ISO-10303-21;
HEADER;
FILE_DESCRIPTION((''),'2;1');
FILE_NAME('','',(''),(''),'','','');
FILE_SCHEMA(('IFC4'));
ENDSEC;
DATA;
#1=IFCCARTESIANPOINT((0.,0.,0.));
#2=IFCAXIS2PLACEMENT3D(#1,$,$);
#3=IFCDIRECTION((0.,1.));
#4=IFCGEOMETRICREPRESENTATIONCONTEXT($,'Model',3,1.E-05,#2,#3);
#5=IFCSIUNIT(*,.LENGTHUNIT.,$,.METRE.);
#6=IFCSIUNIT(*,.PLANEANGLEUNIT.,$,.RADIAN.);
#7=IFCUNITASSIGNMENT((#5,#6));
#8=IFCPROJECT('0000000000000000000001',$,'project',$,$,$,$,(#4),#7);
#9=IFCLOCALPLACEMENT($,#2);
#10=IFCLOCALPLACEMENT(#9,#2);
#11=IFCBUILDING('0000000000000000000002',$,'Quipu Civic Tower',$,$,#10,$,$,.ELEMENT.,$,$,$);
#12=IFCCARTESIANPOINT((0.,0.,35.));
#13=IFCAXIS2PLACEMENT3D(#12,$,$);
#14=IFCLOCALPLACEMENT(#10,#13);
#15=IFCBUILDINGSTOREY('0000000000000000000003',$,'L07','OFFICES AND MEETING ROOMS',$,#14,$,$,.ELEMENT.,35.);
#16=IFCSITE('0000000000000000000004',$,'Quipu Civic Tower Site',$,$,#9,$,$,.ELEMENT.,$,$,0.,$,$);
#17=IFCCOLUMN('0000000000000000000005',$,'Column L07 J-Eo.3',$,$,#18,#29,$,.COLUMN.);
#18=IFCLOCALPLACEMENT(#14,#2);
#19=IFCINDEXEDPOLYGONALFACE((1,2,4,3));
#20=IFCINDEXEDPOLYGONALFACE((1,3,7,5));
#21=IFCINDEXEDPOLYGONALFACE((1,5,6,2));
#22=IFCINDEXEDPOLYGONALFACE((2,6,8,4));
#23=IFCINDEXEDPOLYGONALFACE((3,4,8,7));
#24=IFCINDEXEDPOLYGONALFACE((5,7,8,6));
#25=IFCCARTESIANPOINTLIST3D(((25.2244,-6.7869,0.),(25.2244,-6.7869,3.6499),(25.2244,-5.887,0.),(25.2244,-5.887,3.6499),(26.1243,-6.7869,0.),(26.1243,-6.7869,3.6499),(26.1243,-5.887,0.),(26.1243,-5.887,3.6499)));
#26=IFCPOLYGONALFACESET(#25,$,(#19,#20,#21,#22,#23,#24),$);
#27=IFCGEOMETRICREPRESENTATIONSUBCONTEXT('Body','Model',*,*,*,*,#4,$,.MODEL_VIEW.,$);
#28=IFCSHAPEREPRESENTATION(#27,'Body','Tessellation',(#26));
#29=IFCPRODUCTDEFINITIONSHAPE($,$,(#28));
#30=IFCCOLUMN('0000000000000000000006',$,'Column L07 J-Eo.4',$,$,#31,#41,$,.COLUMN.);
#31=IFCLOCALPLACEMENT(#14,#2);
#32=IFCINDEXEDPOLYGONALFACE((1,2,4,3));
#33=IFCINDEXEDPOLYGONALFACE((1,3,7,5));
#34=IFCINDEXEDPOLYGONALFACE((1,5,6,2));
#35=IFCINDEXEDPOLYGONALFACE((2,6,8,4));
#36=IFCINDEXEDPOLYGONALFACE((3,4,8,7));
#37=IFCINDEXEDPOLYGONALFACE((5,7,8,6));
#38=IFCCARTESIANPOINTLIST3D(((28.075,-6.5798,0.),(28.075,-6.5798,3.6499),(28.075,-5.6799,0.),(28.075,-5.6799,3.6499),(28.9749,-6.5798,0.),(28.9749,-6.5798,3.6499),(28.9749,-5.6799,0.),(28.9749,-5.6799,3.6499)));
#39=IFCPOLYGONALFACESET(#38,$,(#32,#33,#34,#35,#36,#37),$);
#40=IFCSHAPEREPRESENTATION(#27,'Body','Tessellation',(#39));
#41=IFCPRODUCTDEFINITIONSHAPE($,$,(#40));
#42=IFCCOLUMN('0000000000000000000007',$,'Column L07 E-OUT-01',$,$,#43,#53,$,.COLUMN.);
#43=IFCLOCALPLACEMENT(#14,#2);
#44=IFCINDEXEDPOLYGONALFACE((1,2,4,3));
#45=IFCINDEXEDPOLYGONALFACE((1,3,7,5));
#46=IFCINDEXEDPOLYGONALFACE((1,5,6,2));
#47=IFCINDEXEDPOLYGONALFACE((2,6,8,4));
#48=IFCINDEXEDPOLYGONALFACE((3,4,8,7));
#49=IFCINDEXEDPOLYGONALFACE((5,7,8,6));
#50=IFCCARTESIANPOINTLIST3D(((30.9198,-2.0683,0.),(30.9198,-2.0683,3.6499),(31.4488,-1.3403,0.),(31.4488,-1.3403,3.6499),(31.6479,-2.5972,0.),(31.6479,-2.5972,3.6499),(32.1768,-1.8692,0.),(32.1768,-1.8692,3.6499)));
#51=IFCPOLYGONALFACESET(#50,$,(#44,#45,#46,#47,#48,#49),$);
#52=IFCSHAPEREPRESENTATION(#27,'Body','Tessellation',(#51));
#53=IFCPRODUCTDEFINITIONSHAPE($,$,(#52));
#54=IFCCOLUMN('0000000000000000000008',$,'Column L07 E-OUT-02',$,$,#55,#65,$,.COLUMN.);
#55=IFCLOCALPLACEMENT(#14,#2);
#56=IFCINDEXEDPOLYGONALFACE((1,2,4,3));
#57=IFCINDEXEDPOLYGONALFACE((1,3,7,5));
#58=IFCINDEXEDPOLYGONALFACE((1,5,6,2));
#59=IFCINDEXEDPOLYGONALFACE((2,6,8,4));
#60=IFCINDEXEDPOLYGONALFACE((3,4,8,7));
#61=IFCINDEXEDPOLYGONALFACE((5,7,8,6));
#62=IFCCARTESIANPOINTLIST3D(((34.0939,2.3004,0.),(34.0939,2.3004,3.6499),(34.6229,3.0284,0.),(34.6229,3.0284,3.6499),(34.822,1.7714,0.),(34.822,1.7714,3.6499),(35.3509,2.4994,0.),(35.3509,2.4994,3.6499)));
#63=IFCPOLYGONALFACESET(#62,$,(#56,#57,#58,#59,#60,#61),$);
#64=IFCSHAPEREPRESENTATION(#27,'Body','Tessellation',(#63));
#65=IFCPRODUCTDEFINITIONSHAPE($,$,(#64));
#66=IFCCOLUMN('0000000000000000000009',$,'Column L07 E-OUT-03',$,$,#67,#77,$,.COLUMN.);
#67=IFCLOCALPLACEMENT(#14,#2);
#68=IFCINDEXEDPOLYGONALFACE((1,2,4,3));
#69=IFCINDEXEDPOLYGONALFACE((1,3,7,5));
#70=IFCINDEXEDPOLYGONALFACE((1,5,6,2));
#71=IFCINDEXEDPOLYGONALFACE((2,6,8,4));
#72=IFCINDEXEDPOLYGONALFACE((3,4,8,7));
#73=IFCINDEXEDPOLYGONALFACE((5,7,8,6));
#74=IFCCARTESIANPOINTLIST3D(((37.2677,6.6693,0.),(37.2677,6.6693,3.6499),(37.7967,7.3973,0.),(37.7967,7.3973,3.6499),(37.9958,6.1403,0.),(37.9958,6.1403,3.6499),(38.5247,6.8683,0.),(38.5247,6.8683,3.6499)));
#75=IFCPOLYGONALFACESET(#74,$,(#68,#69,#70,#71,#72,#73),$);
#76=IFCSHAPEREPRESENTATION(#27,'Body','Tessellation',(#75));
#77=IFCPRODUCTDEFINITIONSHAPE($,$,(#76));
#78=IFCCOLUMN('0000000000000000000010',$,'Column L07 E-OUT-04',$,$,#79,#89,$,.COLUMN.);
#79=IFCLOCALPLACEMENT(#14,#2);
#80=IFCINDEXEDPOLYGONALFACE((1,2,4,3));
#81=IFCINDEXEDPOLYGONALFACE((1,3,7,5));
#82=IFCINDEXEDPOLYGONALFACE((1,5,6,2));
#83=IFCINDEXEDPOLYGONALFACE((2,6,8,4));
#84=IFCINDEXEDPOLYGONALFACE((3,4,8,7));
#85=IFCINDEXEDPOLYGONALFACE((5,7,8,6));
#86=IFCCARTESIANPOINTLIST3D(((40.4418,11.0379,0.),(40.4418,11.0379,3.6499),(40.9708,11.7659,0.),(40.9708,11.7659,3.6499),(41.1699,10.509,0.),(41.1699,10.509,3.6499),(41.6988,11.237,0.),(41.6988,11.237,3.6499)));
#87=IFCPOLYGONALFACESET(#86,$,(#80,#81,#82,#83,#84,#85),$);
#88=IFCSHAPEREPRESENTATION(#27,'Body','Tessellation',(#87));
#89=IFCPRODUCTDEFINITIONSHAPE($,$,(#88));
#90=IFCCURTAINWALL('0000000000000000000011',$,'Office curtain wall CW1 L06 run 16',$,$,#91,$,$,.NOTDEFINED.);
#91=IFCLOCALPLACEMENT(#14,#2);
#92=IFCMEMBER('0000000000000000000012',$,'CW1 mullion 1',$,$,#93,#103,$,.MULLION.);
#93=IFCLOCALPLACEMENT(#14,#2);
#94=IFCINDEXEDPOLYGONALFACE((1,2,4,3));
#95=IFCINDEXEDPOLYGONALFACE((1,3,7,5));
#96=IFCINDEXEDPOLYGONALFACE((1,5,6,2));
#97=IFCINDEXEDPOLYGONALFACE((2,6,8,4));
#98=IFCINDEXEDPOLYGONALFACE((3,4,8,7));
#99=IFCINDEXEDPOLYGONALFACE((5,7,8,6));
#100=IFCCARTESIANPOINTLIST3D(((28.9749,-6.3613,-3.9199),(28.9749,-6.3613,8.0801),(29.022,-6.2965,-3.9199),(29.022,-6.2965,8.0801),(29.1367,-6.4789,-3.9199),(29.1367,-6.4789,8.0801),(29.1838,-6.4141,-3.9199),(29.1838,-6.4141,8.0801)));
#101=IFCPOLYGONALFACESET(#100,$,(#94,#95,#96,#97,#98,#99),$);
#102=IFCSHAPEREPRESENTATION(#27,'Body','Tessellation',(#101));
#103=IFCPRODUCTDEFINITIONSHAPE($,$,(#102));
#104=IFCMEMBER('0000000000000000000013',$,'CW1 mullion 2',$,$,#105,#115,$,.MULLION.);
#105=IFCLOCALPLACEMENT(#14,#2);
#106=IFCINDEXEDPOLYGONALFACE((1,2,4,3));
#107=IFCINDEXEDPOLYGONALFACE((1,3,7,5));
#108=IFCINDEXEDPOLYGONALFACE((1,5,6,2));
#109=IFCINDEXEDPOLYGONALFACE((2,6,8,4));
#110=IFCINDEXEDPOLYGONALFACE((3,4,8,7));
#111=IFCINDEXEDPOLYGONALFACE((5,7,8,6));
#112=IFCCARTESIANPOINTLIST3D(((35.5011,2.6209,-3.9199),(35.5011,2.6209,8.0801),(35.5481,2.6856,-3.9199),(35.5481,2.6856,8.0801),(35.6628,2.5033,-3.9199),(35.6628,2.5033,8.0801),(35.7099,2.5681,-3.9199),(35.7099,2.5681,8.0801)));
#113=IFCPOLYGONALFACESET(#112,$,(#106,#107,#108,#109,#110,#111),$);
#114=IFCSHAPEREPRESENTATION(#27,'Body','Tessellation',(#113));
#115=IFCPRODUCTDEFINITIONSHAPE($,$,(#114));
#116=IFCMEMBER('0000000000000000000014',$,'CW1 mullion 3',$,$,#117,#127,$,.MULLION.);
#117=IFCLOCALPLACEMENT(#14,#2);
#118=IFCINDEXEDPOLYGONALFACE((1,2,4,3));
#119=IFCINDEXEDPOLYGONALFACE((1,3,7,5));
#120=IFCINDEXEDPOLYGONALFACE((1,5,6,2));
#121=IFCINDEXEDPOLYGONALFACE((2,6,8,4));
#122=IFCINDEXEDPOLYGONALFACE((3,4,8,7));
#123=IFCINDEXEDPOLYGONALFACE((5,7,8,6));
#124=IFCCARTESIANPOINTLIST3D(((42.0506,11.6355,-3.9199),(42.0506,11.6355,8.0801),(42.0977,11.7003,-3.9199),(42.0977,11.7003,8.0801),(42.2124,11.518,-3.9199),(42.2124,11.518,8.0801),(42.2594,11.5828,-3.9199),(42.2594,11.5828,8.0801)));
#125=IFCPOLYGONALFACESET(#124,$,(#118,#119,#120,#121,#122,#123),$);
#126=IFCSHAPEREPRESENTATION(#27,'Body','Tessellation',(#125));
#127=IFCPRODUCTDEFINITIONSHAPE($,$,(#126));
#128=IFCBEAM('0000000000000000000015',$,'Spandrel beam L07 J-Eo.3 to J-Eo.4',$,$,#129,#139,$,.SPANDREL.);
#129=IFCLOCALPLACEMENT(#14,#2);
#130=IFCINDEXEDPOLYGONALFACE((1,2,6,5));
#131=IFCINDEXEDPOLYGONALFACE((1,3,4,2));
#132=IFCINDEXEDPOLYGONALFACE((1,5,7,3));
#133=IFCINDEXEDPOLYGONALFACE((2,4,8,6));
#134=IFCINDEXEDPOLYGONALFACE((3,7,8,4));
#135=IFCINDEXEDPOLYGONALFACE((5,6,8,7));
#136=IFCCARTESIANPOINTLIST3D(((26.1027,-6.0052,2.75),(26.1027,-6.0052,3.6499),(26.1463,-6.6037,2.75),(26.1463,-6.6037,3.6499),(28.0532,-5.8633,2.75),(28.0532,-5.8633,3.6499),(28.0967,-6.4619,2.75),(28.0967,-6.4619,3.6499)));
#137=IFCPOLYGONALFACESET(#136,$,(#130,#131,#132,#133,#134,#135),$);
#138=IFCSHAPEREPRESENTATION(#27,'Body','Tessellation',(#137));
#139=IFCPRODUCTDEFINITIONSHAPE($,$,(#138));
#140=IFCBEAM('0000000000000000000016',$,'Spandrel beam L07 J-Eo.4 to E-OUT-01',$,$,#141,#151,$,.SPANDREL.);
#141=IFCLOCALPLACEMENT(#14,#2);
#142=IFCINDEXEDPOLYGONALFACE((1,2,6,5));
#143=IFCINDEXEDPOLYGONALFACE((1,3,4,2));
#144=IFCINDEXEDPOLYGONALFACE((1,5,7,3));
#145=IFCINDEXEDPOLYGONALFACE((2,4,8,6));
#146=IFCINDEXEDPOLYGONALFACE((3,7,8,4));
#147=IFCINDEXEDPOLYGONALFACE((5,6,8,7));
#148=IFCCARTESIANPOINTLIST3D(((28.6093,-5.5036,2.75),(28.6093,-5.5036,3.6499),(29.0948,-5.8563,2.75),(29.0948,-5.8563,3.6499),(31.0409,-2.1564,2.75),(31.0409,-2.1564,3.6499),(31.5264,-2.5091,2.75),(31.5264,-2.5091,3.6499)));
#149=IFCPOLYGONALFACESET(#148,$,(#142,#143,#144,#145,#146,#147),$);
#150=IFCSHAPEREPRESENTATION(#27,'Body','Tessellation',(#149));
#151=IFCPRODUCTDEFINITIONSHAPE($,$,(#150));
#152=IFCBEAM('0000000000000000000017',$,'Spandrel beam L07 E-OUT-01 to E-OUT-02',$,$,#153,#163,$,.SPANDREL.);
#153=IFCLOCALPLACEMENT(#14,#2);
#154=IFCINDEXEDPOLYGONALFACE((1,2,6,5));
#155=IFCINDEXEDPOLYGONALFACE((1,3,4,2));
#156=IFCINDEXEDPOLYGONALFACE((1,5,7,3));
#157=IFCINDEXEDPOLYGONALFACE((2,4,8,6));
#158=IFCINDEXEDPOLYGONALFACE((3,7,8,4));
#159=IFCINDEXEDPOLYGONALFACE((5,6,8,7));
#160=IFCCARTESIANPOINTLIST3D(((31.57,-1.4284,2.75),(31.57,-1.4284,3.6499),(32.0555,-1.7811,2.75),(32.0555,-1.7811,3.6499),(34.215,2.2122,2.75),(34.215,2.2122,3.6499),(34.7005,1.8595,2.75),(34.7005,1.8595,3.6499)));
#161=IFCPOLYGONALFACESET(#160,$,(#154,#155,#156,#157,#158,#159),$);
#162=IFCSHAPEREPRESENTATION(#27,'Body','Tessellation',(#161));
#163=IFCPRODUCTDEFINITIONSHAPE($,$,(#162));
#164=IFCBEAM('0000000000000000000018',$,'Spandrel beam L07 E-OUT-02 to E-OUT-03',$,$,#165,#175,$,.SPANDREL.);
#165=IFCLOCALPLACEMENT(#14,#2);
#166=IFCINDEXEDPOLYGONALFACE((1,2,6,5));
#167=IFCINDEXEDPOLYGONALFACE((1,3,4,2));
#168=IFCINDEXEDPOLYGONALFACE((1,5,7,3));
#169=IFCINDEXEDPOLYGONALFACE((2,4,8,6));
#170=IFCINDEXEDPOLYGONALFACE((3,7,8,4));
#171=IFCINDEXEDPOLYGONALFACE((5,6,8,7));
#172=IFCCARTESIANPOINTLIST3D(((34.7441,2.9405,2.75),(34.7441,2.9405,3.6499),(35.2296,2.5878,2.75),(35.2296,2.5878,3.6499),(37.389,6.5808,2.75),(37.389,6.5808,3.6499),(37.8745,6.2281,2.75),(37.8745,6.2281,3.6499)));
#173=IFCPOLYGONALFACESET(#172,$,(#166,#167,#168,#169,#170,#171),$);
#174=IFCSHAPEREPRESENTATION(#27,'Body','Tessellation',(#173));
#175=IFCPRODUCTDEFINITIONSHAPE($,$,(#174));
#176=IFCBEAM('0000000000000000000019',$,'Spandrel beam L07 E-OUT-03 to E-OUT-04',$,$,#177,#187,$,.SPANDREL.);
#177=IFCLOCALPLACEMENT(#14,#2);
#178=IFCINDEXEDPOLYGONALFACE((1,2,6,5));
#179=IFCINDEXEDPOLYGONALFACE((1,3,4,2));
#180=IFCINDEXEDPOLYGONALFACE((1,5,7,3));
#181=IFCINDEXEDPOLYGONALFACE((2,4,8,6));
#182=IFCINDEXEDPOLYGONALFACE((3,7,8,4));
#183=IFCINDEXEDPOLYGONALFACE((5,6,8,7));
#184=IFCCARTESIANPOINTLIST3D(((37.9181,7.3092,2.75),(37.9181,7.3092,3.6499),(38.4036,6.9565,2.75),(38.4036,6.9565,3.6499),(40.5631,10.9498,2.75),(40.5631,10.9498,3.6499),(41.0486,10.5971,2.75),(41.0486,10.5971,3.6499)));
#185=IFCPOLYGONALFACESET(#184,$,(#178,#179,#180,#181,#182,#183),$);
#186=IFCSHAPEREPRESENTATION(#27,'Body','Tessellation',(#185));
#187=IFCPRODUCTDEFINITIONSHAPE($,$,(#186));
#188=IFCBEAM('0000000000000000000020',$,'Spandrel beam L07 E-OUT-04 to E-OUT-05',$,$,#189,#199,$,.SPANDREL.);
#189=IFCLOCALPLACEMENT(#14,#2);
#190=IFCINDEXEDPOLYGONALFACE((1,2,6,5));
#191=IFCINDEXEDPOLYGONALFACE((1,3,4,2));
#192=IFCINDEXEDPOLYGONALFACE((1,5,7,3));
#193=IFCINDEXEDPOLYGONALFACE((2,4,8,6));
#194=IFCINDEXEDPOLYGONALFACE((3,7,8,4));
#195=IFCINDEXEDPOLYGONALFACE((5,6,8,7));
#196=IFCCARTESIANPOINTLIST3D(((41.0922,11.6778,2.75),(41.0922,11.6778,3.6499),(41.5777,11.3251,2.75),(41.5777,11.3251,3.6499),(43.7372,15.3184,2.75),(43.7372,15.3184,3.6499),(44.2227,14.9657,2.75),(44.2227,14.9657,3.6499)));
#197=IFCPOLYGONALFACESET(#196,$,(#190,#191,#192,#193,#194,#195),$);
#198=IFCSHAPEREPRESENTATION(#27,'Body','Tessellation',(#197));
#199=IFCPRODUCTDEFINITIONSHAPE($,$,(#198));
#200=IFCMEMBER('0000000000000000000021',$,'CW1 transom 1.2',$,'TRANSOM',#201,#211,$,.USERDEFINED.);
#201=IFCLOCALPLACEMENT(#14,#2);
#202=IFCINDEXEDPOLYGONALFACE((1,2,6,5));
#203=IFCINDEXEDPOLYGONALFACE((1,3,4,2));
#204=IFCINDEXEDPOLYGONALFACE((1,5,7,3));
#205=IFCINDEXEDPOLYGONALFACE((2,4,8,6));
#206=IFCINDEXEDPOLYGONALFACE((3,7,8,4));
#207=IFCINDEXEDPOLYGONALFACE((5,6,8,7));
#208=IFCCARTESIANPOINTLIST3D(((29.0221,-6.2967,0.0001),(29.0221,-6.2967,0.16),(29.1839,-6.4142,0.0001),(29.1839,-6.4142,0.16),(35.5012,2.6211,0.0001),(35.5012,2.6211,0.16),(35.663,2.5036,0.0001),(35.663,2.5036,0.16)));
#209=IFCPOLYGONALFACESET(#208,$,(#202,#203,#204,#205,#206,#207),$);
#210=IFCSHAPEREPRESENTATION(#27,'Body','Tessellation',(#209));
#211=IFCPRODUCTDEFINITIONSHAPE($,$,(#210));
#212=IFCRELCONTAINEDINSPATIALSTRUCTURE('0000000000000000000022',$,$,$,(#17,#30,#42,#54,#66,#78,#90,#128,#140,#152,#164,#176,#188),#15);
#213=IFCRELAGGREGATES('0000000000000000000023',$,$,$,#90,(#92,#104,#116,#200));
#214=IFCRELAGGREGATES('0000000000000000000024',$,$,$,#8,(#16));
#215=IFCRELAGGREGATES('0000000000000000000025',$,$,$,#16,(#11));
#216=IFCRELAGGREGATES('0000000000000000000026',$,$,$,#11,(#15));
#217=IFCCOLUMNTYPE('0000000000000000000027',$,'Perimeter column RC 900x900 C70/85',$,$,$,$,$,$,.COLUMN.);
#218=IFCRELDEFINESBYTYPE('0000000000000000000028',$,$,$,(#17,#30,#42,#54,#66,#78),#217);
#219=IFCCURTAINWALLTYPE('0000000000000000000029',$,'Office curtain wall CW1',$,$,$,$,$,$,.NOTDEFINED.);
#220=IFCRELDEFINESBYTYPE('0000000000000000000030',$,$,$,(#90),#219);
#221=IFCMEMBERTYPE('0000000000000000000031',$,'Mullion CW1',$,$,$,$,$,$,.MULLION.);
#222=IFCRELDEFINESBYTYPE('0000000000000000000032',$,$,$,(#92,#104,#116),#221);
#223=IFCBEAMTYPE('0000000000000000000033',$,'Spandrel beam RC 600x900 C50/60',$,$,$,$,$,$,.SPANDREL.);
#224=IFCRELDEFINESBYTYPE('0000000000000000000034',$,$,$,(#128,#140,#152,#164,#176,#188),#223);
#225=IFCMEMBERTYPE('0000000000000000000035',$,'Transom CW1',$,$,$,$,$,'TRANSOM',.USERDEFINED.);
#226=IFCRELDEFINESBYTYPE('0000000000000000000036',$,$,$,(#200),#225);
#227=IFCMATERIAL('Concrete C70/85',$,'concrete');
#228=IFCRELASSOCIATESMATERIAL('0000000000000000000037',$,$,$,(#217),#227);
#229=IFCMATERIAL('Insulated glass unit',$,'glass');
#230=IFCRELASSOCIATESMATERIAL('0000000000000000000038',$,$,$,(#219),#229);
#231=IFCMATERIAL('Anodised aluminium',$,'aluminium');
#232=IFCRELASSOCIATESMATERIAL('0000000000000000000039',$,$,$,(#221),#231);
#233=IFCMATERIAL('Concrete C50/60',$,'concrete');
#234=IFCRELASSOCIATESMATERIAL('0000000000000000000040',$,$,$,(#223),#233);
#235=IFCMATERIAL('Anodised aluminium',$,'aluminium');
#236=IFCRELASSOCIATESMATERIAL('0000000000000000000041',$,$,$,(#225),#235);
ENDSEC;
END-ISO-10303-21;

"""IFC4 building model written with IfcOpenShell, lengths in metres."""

from ifc_helpers import new_model, si_unit, direction, frame, origin, origin_2d, place, context, subcontext, project, spatial, rectangle, extrude, material, material_profile, profile_set, type_object, element, aggregate, save


model = new_model("IFC4")

# Units and contexts
model_context = context("Model", 3, precision=1e-05, world=origin(), true_north=direction((0.0, 1.0)))
body_context = subcontext(model_context, "Body", "Model", "MODEL_VIEW")
ifc_project = project(units=[si_unit("LENGTHUNIT", "METRE"), si_unit("PLANEANGLEUNIT", "RADIAN")], contexts=[model_context])

# Site, building, storey
site_placement = place(None, origin())
site = spatial("IfcSite", under=ifc_project, at=site_placement, Name="Quipu Civic Tower Site", CompositionType="ELEMENT", RefElevation=0.0)
building_placement = place(site_placement, origin())
building = spatial("IfcBuilding", under=site, at=building_placement, Name="Quipu Civic Tower", CompositionType="ELEMENT")
storey_placement = place(building_placement, frame((0.0, 0.0, 35.0)))
storey = spatial("IfcBuildingStorey", under=building, at=storey_placement, Name="L07", Description="OFFICES AND MEETING ROOMS", CompositionType="ELEMENT", Elevation=35.0)

# Columns
ifc_material_1 = material(Name="Concrete C70/85", Category="concrete")
ifc_material_profile_1 = material_profile(ifc_material_1, rectangle(XDim=0.8999, YDim=0.8999, at=origin_2d()), Name="RC900x900")
ifc_profile_set_1 = profile_set([ifc_material_profile_1], Name="Concrete C70/85")
column_type = type_object("IfcColumnType", Name="Perimeter column RC 900x900 C70/85", PredefinedType="COLUMN", material=ifc_profile_set_1)
for number, where, z_axis, x_axis, name in (
    (1, (25.6743, -6.3369, 0.0), (0.0, 0.0, 1.0), (1.0, 0.0, 0.0), "Column L07 J-Eo.3"),
    (2, (28.5249, -6.1299, 0.0), (0.0, 0.0, 1.0), (1.0, 0.0, 0.0), "Column L07 J-Eo.4"),
    (3, (31.5483, -1.9688, 0.0), (0.0, 0.0, 1.0), (0.587785, 0.809017, 0.0), "Column L07 E-OUT-01"),
    (4, (34.7224, 2.3999, 0.0), (0.0, 0.0, 1.0), (0.587785, 0.809017, 0.0), "Column L07 E-OUT-02"),
    (5, (37.8962, 6.7688, 0.0), (0.0, 0.0, 1.0), (0.587785, 0.809017, 0.0), "Column L07 E-OUT-03"),
    (6, (41.0703, 11.1375, 0.0), (0.0, 0.0, 1.0), (0.587785, 0.809017, 0.0), "Column L07 E-OUT-04"),
):
    element("IfcColumn", number, at=place(storey_placement, frame(where, z_axis=z_axis, x_axis=x_axis)), inside=storey, type_object=column_type, Name=name, PredefinedType="COLUMN", context=body_context, shape_type="SweptSolid", body=[
        extrude(rectangle(XDim=0.8999, YDim=0.8999, at=origin_2d()), origin(), (0.0, 0.0, 1.0), 3.6499),
    ])

# Curtain wall, members
ifc_material_2 = material(Name="Insulated glass unit", Category="glass")
curtain_wall_type = type_object("IfcCurtainWallType", Name="Office curtain wall CW1", PredefinedType="NOTDEFINED", material=ifc_material_2)
curtain_wall_placement = place(storey_placement, origin())
curtain_wall = element("IfcCurtainWall", 7, at=curtain_wall_placement, inside=storey, type_object=curtain_wall_type, Name="Office curtain wall CW1 L06 run 16", PredefinedType="NOTDEFINED")
ifc_material_3 = material(Name="Anodised aluminium", Category="aluminium")
ifc_material_profile_2 = material_profile(ifc_material_3, rectangle(XDim=0.2, YDim=0.0801, at=origin_2d()), Name="RECT 200x80")
ifc_profile_set_2 = profile_set([ifc_material_profile_2], Name="Anodised aluminium")
member_type_1 = type_object("IfcMemberType", Name="Mullion CW1", PredefinedType="MULLION", material=ifc_profile_set_2)
member_1_placement = place(storey_placement, frame((29.0793, -6.3877, -3.9199), z_axis=(0.0, 0.0, 1.0), x_axis=(-0.809017, 0.587786, 0.0)))
member_1 = element("IfcMember", 8, at=member_1_placement, type_object=member_type_1, Name="CW1 mullion 1", PredefinedType="MULLION", context=body_context, shape_type="SweptSolid", body=[
    extrude(rectangle(XDim=0.2, YDim=0.0801, at=origin_2d()), origin(), (0.0, 0.0, 1.0), 12.0),
])
member_2_placement = place(storey_placement, frame((35.6055, 2.5945, -3.9199), z_axis=(0.0, 0.0, 1.0), x_axis=(-0.809017, 0.587786, 0.0)))
member_2 = element("IfcMember", 9, at=member_2_placement, type_object=member_type_1, Name="CW1 mullion 2", PredefinedType="MULLION", context=body_context, shape_type="SweptSolid", body=[
    extrude(rectangle(XDim=0.2, YDim=0.0801, at=origin_2d()), origin(), (0.0, 0.0, 1.0), 12.0),
])
member_3_placement = place(storey_placement, frame((42.155, 11.6091, -3.9199), z_axis=(0.0, 0.0, 1.0), x_axis=(-0.809017, 0.587786, 0.0)))
member_3 = element("IfcMember", 10, at=member_3_placement, type_object=member_type_1, Name="CW1 mullion 3", PredefinedType="MULLION", context=body_context, shape_type="SweptSolid", body=[
    extrude(rectangle(XDim=0.2, YDim=0.0801, at=origin_2d()), origin(), (0.0, 0.0, 1.0), 12.0),
])

# Beams
ifc_material_4 = material(Name="Concrete C50/60", Category="concrete")
ifc_material_profile_3 = material_profile(ifc_material_4, rectangle(XDim=0.6001, YDim=0.8999, at=origin_2d()), Name="RC600x900")
ifc_profile_set_3 = profile_set([ifc_material_profile_3], Name="Concrete C50/60")
beam_type = type_object("IfcBeamType", Name="Spandrel beam RC 600x900 C50/60", PredefinedType="SPANDREL", material=ifc_profile_set_3)
beam_1_placement = place(storey_placement, frame((26.1245, -6.3044, 3.2), z_axis=(0.997366, 0.072533, 0.0), x_axis=(-0.072533, 0.997366, 0.0)))
element("IfcBeam", 11, at=beam_1_placement, inside=storey, type_object=beam_type, Name="Spandrel beam L07 J-Eo.3 to J-Eo.4", PredefinedType="SPANDREL", context=body_context, shape_type="SweptSolid", body=[
    extrude(rectangle(XDim=0.6001, YDim=0.8999, at=origin_2d()), origin(), (0.0, 0.0, 1.0), 1.9556),
])
beam_2_placement = place(storey_placement, frame((28.8521, -5.6799, 3.2), z_axis=(0.587751, 0.809042, 0.0), x_axis=(-0.809042, 0.587751, 0.0)))
element("IfcBeam", 12, at=beam_2_placement, inside=storey, type_object=beam_type, Name="Spandrel beam L07 J-Eo.4 to E-OUT-01", PredefinedType="SPANDREL", context=body_context, shape_type="SweptSolid", body=[
    extrude(rectangle(XDim=0.6001, YDim=0.8999, at=origin_2d()), origin(), (0.0, 0.0, 1.0), 4.1372),
])
beam_3_placement = place(storey_placement, frame((31.8127, -1.6047, 3.2), z_axis=(0.587778, 0.809022, 0.0), x_axis=(-0.809022, 0.587778, 0.0)))
element("IfcBeam", 13, at=beam_3_placement, inside=storey, type_object=beam_type, Name="Spandrel beam L07 E-OUT-01 to E-OUT-02", PredefinedType="SPANDREL", context=body_context, shape_type="SweptSolid", body=[
    extrude(rectangle(XDim=0.6001, YDim=0.8999, at=origin_2d()), origin(), (0.0, 0.0, 1.0), 4.5),
])
beam_4_placement = place(storey_placement, frame((34.9868, 2.7642, 3.2), z_axis=(0.587804, 0.809003, 0.0), x_axis=(-0.809003, 0.587804, 0.0)))
element("IfcBeam", 14, at=beam_4_placement, inside=storey, type_object=beam_type, Name="Spandrel beam L07 E-OUT-02 to E-OUT-03", PredefinedType="SPANDREL", context=body_context, shape_type="SweptSolid", body=[
    extrude(rectangle(XDim=0.6001, YDim=0.8999, at=origin_2d()), origin(), (0.0, 0.0, 1.0), 4.4998),
])
for number, where, z_axis, x_axis, name in (
    (15, (38.1609, 7.1328, 3.2), (0.587778, 0.809022, 0.0), (-0.809022, 0.587778, 0.0), "Spandrel beam L07 E-OUT-03 to E-OUT-04"),
    (16, (41.335, 11.5015, 3.2), (0.587778, 0.809022, 0.0), (-0.809022, 0.587778, 0.0), "Spandrel beam L07 E-OUT-04 to E-OUT-05"),
):
    element("IfcBeam", number, at=place(storey_placement, frame(where, z_axis=z_axis, x_axis=x_axis)), inside=storey, type_object=beam_type, Name=name, PredefinedType="SPANDREL", context=body_context, shape_type="SweptSolid", body=[
        extrude(rectangle(XDim=0.6001, YDim=0.8999, at=origin_2d()), origin(), (0.0, 0.0, 1.0), 4.5),
    ])

# Member
ifc_material_5 = material(Name="Anodised aluminium", Category="aluminium")
ifc_material_profile_4 = material_profile(ifc_material_5, rectangle(XDim=0.2, YDim=0.1599, at=origin_2d()), Name="RECT 200x160")
ifc_profile_set_4 = profile_set([ifc_material_profile_4], Name="Anodised aluminium")
member_type_2 = type_object("IfcMemberType", Name="Transom CW1", ElementType="TRANSOM", PredefinedType="USERDEFINED", material=ifc_profile_set_4)
member_4_placement = place(storey_placement, frame((29.103, -6.3555, 0.0801), z_axis=(0.587779, 0.809021, 0.0), x_axis=(-0.809021, 0.587779, 0.0)))
member_4 = element("IfcMember", 17, at=member_4_placement, type_object=member_type_2, Name="CW1 transom 1.2", ObjectType="TRANSOM", PredefinedType="USERDEFINED", context=body_context, shape_type="SweptSolid", body=[
    extrude(rectangle(XDim=0.2, YDim=0.1599, at=origin_2d()), origin(), (0.0, 0.0, 1.0), 11.0229),
])

aggregate(curtain_wall, [member_1, member_2, member_3, member_4])

save(model, "model.ifc")
